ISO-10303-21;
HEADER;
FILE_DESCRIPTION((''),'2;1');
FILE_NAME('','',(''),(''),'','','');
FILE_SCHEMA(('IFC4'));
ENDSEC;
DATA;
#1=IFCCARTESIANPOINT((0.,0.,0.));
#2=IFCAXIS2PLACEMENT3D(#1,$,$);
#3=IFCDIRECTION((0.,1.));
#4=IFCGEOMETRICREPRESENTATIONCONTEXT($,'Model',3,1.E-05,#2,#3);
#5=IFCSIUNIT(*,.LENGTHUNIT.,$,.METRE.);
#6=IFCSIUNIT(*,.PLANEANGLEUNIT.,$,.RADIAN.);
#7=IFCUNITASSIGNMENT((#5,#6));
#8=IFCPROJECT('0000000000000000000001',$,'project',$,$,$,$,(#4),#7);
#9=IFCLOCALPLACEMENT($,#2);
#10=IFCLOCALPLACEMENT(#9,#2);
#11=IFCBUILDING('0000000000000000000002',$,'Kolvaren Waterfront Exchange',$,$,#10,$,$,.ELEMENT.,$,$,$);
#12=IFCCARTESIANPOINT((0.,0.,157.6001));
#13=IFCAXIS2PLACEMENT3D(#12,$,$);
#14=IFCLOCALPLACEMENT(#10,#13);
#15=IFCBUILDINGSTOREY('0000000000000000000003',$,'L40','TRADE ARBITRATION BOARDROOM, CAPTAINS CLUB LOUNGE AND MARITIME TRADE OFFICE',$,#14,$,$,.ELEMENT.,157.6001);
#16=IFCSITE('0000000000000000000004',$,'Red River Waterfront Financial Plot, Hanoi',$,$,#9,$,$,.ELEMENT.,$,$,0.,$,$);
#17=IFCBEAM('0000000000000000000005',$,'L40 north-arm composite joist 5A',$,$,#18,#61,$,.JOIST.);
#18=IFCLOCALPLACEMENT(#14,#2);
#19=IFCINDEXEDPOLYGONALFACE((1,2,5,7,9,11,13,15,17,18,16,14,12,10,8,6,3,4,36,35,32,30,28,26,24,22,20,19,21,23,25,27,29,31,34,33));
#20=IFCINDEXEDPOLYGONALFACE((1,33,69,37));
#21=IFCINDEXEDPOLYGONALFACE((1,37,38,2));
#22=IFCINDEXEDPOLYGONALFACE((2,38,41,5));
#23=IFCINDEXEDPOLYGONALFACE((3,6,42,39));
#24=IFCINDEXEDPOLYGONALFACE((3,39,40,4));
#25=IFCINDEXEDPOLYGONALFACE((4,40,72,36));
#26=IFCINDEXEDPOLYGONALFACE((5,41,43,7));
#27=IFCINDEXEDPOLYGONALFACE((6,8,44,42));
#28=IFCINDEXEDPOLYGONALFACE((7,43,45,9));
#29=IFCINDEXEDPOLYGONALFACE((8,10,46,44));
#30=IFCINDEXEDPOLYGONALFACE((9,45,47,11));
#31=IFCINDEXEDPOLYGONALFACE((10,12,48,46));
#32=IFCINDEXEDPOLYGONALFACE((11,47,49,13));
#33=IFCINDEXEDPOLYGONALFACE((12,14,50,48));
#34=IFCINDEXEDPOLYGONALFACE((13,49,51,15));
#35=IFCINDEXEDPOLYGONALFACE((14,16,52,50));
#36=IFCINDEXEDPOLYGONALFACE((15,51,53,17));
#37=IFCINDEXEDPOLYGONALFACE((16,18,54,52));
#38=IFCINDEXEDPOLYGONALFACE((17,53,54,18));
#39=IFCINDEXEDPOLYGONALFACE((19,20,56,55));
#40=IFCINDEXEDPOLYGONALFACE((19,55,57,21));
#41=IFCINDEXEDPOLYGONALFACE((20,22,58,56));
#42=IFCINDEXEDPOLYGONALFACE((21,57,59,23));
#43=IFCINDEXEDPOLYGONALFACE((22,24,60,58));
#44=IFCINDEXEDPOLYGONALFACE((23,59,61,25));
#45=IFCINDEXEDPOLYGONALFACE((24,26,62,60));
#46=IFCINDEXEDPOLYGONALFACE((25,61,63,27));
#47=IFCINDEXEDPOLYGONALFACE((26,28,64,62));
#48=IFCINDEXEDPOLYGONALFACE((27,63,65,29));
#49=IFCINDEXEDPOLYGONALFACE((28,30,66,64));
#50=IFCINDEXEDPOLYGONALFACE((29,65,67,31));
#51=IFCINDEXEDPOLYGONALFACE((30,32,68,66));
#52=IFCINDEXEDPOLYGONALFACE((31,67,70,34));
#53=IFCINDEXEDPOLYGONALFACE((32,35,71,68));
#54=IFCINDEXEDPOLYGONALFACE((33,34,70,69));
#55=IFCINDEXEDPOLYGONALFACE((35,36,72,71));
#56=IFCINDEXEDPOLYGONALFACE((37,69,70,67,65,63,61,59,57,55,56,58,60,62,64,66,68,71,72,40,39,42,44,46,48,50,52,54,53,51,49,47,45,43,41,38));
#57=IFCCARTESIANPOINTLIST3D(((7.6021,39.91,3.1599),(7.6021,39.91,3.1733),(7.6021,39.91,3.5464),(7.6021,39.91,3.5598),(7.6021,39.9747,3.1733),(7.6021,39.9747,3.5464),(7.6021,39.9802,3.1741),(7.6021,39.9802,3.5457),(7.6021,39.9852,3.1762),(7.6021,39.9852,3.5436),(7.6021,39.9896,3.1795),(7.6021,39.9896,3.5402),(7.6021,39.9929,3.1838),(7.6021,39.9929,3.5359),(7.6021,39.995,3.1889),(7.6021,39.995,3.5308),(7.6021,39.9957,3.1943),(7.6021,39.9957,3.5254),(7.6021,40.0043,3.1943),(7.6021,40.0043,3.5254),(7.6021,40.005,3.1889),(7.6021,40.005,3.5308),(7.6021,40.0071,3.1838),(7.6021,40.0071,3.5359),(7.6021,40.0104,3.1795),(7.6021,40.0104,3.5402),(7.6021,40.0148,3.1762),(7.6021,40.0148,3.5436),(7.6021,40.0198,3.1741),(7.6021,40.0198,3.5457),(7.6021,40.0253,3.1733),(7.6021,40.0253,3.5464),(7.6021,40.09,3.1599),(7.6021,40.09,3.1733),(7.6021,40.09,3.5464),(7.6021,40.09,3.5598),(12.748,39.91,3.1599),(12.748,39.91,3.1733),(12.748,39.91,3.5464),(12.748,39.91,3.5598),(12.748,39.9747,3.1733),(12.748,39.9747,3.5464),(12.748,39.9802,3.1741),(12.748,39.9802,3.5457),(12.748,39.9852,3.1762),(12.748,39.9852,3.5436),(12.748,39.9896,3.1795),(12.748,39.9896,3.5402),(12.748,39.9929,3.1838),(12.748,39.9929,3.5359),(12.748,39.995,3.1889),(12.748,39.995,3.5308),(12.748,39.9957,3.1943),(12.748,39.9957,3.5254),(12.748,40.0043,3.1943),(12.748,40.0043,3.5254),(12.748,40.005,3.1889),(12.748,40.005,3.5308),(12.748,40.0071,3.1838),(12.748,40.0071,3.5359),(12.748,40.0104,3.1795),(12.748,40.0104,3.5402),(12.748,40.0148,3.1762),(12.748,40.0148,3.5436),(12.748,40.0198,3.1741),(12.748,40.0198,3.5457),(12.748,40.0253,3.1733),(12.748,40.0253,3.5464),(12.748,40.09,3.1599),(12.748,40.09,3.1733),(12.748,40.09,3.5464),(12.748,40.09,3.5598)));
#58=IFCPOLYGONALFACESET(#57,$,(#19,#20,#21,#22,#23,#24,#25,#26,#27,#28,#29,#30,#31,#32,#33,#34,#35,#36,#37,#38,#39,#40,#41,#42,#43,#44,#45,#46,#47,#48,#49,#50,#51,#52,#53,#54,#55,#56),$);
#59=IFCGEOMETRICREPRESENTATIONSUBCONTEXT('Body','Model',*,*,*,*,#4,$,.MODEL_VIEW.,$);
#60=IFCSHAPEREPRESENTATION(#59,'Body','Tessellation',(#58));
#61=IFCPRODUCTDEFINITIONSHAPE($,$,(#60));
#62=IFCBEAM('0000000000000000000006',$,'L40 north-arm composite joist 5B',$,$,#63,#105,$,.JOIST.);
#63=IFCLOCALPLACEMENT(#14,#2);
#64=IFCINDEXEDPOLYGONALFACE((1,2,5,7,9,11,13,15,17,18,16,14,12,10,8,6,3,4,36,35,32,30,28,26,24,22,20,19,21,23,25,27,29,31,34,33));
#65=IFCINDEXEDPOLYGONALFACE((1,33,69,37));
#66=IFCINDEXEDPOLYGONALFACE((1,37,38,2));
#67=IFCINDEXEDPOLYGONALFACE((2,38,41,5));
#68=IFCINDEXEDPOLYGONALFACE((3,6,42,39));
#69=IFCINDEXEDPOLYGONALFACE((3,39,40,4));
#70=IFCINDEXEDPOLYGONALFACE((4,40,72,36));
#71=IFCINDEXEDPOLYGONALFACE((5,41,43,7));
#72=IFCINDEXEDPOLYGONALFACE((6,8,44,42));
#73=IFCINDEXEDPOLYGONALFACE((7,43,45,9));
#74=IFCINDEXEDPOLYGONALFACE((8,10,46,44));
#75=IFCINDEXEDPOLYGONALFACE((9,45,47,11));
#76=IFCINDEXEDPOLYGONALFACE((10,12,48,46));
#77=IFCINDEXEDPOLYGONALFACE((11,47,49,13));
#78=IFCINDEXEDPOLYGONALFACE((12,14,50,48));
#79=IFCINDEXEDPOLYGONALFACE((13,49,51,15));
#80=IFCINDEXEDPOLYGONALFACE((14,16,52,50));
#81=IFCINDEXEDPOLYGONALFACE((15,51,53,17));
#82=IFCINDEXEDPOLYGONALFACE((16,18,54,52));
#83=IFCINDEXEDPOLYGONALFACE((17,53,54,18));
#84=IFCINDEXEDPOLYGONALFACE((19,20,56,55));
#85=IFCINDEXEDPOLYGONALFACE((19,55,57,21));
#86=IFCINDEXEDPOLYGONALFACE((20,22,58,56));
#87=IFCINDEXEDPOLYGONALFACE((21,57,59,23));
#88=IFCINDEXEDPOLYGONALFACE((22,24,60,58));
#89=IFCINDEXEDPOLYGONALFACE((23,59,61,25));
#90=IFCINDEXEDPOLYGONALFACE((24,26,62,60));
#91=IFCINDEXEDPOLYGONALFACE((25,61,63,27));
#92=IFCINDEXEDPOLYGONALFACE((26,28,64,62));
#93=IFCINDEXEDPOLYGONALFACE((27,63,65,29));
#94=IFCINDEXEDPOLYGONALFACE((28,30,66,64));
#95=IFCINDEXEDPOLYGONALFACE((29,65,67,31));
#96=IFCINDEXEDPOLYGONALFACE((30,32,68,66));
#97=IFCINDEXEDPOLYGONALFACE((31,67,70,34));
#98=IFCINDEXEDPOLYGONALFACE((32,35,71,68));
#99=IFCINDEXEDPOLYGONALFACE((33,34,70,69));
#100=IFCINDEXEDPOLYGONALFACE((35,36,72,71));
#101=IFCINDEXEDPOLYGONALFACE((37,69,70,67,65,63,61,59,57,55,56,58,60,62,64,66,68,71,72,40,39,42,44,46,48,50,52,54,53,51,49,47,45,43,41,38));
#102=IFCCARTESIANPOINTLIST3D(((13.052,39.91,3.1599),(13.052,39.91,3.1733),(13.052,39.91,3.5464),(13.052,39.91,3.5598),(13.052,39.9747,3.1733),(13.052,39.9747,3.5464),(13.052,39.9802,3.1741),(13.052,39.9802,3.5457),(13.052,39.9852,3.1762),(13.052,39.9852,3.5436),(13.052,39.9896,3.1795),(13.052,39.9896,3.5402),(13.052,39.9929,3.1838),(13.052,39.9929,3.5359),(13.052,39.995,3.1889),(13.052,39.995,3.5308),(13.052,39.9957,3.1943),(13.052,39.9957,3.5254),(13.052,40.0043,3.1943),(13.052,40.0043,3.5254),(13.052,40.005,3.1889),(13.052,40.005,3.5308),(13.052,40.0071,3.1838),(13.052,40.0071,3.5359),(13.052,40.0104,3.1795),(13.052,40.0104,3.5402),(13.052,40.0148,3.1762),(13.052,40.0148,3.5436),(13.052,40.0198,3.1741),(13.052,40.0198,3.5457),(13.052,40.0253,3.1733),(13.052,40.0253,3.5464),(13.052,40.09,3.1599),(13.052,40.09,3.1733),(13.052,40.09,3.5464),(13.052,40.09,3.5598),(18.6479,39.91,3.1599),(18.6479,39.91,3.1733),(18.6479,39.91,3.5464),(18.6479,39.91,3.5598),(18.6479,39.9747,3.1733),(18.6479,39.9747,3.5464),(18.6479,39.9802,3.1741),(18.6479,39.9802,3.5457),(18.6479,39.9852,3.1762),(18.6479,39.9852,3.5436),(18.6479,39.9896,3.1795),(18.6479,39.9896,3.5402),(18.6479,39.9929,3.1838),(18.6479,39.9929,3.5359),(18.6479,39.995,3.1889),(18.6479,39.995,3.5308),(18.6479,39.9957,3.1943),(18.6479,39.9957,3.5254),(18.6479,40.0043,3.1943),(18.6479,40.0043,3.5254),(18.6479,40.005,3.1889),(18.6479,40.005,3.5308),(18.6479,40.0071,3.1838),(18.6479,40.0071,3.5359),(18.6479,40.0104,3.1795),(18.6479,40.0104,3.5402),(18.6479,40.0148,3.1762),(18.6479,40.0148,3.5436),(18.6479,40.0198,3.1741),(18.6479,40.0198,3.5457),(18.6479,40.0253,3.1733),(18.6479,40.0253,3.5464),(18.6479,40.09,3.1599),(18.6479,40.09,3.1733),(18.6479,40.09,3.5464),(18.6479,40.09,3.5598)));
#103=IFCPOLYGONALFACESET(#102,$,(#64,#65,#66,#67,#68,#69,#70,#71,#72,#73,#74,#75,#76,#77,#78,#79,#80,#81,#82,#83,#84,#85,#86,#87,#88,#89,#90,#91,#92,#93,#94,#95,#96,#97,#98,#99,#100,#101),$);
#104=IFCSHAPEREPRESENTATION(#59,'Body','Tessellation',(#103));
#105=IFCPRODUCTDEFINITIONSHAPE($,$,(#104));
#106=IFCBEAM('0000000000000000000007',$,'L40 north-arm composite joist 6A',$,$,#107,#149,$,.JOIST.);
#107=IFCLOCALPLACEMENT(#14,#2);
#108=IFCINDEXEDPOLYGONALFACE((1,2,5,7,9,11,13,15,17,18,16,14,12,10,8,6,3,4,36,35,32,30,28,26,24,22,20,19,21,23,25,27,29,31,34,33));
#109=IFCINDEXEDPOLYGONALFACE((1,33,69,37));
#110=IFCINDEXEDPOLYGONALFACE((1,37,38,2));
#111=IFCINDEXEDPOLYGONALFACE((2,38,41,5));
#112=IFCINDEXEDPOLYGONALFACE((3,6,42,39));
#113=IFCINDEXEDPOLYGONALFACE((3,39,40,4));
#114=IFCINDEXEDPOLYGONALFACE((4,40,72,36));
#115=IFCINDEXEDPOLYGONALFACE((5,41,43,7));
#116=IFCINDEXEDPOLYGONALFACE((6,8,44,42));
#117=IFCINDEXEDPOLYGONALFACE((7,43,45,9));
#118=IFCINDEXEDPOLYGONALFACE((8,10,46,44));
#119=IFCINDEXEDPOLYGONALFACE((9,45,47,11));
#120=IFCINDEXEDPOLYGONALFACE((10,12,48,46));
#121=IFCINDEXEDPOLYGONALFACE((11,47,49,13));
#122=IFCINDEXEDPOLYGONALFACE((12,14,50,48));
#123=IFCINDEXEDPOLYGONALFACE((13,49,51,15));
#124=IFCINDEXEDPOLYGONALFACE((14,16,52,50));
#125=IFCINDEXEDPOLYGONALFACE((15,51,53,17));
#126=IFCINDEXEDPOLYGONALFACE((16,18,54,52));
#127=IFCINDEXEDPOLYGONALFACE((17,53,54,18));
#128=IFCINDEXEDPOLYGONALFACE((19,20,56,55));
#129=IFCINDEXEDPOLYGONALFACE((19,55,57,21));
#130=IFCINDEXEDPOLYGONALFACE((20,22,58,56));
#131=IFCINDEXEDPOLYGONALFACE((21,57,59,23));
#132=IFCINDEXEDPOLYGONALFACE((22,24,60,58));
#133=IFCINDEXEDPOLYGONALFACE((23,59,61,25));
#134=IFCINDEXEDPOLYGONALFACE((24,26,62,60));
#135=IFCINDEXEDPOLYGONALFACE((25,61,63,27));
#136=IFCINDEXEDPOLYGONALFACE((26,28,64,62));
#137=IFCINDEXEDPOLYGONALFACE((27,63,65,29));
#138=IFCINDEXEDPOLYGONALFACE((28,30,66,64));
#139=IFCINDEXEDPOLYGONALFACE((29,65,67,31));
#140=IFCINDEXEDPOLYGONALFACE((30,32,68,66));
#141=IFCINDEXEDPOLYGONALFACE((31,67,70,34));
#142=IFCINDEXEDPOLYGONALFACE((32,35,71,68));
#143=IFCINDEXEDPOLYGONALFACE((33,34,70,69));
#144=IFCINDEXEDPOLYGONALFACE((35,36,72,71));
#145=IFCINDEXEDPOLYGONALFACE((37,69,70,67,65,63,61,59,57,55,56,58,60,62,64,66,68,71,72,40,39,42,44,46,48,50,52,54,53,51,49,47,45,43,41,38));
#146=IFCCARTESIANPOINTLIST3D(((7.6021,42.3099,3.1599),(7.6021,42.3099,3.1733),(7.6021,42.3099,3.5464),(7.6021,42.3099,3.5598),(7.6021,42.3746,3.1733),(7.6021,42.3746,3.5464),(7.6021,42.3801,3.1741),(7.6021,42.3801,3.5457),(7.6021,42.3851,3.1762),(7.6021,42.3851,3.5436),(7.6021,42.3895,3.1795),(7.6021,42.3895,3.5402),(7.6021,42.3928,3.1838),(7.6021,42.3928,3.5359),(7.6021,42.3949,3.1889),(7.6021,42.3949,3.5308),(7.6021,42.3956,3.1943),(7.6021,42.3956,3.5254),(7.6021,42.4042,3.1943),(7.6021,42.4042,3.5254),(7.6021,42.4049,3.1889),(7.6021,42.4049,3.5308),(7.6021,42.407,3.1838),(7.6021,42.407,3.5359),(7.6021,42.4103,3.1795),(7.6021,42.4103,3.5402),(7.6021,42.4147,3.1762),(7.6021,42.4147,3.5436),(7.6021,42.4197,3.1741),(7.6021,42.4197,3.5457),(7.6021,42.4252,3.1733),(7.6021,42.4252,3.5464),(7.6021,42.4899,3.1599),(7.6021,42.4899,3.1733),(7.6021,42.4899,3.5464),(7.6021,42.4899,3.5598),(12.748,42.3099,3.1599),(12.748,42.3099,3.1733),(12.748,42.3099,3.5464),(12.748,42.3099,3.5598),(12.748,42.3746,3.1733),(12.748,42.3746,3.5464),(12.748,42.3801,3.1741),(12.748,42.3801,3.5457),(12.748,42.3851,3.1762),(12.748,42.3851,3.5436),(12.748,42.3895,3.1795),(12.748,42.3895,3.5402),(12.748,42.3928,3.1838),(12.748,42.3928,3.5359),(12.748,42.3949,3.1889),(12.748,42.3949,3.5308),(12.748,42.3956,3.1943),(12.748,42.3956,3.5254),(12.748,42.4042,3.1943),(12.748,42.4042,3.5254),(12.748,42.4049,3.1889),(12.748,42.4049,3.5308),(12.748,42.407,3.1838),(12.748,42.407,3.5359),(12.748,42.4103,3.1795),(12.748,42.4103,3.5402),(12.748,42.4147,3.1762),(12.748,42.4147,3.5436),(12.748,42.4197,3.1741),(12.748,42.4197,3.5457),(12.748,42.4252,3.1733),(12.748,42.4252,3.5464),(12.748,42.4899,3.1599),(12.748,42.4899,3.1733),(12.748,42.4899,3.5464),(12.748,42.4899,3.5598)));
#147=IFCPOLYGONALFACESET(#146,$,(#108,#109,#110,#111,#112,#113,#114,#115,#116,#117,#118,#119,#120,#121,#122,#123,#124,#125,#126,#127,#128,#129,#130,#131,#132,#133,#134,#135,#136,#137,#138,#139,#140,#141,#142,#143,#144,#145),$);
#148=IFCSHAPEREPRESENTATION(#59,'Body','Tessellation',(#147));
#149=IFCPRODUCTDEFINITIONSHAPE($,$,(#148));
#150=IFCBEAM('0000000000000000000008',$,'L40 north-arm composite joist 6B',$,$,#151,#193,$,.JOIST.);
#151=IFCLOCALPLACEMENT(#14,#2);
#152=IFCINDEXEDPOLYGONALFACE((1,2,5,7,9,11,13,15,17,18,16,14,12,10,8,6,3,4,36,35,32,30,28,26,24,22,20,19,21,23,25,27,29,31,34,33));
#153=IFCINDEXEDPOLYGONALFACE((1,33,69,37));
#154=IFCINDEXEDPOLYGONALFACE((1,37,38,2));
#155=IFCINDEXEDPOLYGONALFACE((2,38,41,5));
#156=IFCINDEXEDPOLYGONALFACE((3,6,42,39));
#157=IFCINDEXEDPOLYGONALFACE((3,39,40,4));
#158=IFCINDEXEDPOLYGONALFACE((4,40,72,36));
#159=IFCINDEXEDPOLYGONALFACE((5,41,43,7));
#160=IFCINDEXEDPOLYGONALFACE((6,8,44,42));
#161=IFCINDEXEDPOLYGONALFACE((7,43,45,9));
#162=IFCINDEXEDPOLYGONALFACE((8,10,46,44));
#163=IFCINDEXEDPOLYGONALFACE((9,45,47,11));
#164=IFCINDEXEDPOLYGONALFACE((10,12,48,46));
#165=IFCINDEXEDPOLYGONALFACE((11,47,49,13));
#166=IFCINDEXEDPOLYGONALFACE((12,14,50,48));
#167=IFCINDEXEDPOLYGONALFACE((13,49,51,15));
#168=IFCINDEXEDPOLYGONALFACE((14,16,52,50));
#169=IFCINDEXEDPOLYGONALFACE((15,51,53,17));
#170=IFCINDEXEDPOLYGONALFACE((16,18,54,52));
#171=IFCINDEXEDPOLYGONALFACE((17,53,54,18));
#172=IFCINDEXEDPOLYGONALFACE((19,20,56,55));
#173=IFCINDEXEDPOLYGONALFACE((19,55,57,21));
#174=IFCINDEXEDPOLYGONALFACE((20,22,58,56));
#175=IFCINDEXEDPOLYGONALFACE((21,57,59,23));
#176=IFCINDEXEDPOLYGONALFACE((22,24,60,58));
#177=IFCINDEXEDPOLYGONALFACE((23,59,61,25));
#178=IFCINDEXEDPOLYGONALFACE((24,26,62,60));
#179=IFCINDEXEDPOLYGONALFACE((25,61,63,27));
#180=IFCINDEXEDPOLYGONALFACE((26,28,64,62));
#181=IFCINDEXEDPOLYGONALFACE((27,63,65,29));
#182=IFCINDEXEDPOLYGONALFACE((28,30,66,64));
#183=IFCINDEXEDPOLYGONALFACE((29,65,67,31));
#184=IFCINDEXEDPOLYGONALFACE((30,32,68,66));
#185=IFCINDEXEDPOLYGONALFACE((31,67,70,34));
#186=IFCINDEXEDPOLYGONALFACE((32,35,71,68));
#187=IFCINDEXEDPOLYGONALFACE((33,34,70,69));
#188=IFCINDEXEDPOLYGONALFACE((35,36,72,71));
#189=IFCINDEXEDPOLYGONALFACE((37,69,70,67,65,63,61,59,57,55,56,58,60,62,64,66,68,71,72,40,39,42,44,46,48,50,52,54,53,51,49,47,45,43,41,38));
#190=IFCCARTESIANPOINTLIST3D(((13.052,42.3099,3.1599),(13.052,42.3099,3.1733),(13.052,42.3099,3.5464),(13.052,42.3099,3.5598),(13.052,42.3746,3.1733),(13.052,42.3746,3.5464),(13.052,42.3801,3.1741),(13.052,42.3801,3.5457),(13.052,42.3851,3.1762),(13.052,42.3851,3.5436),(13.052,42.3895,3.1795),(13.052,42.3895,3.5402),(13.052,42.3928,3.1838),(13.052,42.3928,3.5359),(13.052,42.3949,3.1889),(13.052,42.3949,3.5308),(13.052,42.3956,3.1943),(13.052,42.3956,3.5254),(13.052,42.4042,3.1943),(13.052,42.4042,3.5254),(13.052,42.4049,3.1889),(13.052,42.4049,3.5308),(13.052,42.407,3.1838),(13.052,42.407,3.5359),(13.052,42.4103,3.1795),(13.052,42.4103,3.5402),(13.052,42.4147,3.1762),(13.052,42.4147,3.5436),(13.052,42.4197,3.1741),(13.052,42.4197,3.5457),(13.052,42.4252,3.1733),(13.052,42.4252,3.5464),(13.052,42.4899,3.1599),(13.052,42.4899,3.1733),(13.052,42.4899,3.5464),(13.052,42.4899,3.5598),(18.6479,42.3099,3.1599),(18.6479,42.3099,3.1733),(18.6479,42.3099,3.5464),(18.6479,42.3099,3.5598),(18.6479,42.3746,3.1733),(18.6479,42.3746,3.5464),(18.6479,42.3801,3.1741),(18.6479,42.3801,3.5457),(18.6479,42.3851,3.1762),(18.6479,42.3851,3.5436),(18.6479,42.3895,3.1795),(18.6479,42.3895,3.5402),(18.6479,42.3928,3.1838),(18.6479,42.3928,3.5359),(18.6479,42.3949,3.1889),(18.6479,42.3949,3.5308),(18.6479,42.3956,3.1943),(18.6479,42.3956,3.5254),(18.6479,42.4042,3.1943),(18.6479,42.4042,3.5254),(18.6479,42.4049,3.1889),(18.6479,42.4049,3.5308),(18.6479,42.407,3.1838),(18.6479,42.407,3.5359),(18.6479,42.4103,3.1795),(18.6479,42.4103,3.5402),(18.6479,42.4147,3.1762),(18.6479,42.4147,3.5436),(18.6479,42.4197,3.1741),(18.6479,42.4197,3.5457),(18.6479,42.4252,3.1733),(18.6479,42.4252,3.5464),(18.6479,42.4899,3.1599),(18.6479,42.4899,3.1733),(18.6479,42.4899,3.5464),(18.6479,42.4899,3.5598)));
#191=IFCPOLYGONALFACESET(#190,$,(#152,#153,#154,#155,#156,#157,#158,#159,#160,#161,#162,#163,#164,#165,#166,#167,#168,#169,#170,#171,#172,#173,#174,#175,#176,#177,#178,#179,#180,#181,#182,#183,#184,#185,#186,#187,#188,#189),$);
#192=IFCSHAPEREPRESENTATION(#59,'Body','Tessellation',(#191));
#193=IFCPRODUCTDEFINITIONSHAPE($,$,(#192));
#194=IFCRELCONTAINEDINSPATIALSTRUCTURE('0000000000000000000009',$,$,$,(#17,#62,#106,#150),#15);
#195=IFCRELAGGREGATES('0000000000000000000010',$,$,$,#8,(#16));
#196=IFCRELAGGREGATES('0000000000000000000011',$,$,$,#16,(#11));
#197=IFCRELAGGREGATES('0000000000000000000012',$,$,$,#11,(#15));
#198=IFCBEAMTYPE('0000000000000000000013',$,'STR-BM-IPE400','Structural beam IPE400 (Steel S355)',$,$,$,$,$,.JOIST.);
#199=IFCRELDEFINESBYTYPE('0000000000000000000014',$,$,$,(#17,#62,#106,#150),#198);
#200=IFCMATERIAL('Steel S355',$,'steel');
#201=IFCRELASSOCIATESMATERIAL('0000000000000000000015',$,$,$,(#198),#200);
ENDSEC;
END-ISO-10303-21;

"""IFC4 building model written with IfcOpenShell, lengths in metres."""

from ifc_helpers import new_model, si_unit, direction, frame, origin, origin_2d, place, context, subcontext, project, spatial, i_section, extrude, material, material_profile, profile_set, type_object, element, save


model = new_model("IFC4")

# Units and contexts
model_context = context("Model", 3, precision=1e-05, world=origin(), true_north=direction((0.0, 1.0)))
body_context = subcontext(model_context, "Body", "Model", "MODEL_VIEW")
ifc_project = project(units=[si_unit("LENGTHUNIT", "METRE"), si_unit("PLANEANGLEUNIT", "RADIAN")], contexts=[model_context])

# Site, building, storey
site_placement = place(None, origin())
site = spatial("IfcSite", under=ifc_project, at=site_placement, Name="Red River Waterfront Financial Plot, Hanoi", CompositionType="ELEMENT", RefElevation=0.0)
building_placement = place(site_placement, origin())
building = spatial("IfcBuilding", under=site, at=building_placement, Name="Kolvaren Waterfront Exchange", CompositionType="ELEMENT")
storey_placement = place(building_placement, frame((0.0, 0.0, 157.6001)))
storey = spatial("IfcBuildingStorey", under=building, at=storey_placement, Name="L40", Description="TRADE ARBITRATION BOARDROOM, CAPTAINS CLUB LOUNGE AND MARITIME TRADE OFFICE", CompositionType="ELEMENT", Elevation=157.6001)

# Beams
ifc_material_1 = material(Name="Steel S355", Category="steel")
ifc_material_profile_1 = material_profile(ifc_material_1, i_section(OverallWidth=0.1799, OverallDepth=0.3999, WebThickness=0.0085, FlangeThickness=0.0134, FilletRadius=0.021, at=origin_2d()), Name="IPE400")
ifc_profile_set_1 = profile_set([ifc_material_profile_1], Name="Steel S355")
beam_type_1 = type_object("IfcBeamType", Name="STR-BM-IPE400", Description="Structural beam IPE400 (Steel S355)", PredefinedType="JOIST", material=ifc_profile_set_1)
beam_1_placement = place(storey_placement, frame((7.6021, 40.0, 3.3599), z_axis=(1.0, 0.0, 0.0), x_axis=(0.0, 1.0, 0.0)))
element("IfcBeam", 1, at=beam_1_placement, inside=storey, type_object=beam_type_1, Name="L40 north-arm composite joist 5A", PredefinedType="JOIST", context=body_context, shape_type="SweptSolid", body=[
    extrude(i_section(OverallWidth=0.1799, OverallDepth=0.3999, WebThickness=0.0085, FlangeThickness=0.0134, FilletRadius=0.021, at=origin_2d()), origin(), (0.0, 0.0, 1.0), 5.146),
])
beam_2_placement = place(storey_placement, frame((13.052, 40.0, 3.3599), z_axis=(1.0, 0.0, 0.0), x_axis=(0.0, 1.0, 0.0)))
element("IfcBeam", 2, at=beam_2_placement, inside=storey, type_object=beam_type_1, Name="L40 north-arm composite joist 5B", PredefinedType="JOIST", context=body_context, shape_type="SweptSolid", body=[
    extrude(i_section(OverallWidth=0.1799, OverallDepth=0.3999, WebThickness=0.0085, FlangeThickness=0.0134, FilletRadius=0.021, at=origin_2d()), origin(), (0.0, 0.0, 1.0), 5.5959),
])
beam_3_placement = place(storey_placement, frame((7.6021, 42.3999, 3.3599), z_axis=(1.0, 0.0, 0.0), x_axis=(0.0, 1.0, 0.0)))
element("IfcBeam", 3, at=beam_3_placement, inside=storey, type_object=beam_type_1, Name="L40 north-arm composite joist 6A", PredefinedType="JOIST", context=body_context, shape_type="SweptSolid", body=[
    extrude(i_section(OverallWidth=0.1799, OverallDepth=0.3999, WebThickness=0.0085, FlangeThickness=0.0134, FilletRadius=0.021, at=origin_2d()), origin(), (0.0, 0.0, 1.0), 5.146),
])
beam_4_placement = place(storey_placement, frame((13.052, 42.3999, 3.3599), z_axis=(1.0, 0.0, 0.0), x_axis=(0.0, 1.0, 0.0)))
element("IfcBeam", 4, at=beam_4_placement, inside=storey, type_object=beam_type_1, Name="L40 north-arm composite joist 6B", PredefinedType="JOIST", context=body_context, shape_type="SweptSolid", body=[
    extrude(i_section(OverallWidth=0.1799, OverallDepth=0.3999, WebThickness=0.0085, FlangeThickness=0.0134, FilletRadius=0.021, at=origin_2d()), origin(), (0.0, 0.0, 1.0), 5.5959),
])

save(model, "model.ifc")
